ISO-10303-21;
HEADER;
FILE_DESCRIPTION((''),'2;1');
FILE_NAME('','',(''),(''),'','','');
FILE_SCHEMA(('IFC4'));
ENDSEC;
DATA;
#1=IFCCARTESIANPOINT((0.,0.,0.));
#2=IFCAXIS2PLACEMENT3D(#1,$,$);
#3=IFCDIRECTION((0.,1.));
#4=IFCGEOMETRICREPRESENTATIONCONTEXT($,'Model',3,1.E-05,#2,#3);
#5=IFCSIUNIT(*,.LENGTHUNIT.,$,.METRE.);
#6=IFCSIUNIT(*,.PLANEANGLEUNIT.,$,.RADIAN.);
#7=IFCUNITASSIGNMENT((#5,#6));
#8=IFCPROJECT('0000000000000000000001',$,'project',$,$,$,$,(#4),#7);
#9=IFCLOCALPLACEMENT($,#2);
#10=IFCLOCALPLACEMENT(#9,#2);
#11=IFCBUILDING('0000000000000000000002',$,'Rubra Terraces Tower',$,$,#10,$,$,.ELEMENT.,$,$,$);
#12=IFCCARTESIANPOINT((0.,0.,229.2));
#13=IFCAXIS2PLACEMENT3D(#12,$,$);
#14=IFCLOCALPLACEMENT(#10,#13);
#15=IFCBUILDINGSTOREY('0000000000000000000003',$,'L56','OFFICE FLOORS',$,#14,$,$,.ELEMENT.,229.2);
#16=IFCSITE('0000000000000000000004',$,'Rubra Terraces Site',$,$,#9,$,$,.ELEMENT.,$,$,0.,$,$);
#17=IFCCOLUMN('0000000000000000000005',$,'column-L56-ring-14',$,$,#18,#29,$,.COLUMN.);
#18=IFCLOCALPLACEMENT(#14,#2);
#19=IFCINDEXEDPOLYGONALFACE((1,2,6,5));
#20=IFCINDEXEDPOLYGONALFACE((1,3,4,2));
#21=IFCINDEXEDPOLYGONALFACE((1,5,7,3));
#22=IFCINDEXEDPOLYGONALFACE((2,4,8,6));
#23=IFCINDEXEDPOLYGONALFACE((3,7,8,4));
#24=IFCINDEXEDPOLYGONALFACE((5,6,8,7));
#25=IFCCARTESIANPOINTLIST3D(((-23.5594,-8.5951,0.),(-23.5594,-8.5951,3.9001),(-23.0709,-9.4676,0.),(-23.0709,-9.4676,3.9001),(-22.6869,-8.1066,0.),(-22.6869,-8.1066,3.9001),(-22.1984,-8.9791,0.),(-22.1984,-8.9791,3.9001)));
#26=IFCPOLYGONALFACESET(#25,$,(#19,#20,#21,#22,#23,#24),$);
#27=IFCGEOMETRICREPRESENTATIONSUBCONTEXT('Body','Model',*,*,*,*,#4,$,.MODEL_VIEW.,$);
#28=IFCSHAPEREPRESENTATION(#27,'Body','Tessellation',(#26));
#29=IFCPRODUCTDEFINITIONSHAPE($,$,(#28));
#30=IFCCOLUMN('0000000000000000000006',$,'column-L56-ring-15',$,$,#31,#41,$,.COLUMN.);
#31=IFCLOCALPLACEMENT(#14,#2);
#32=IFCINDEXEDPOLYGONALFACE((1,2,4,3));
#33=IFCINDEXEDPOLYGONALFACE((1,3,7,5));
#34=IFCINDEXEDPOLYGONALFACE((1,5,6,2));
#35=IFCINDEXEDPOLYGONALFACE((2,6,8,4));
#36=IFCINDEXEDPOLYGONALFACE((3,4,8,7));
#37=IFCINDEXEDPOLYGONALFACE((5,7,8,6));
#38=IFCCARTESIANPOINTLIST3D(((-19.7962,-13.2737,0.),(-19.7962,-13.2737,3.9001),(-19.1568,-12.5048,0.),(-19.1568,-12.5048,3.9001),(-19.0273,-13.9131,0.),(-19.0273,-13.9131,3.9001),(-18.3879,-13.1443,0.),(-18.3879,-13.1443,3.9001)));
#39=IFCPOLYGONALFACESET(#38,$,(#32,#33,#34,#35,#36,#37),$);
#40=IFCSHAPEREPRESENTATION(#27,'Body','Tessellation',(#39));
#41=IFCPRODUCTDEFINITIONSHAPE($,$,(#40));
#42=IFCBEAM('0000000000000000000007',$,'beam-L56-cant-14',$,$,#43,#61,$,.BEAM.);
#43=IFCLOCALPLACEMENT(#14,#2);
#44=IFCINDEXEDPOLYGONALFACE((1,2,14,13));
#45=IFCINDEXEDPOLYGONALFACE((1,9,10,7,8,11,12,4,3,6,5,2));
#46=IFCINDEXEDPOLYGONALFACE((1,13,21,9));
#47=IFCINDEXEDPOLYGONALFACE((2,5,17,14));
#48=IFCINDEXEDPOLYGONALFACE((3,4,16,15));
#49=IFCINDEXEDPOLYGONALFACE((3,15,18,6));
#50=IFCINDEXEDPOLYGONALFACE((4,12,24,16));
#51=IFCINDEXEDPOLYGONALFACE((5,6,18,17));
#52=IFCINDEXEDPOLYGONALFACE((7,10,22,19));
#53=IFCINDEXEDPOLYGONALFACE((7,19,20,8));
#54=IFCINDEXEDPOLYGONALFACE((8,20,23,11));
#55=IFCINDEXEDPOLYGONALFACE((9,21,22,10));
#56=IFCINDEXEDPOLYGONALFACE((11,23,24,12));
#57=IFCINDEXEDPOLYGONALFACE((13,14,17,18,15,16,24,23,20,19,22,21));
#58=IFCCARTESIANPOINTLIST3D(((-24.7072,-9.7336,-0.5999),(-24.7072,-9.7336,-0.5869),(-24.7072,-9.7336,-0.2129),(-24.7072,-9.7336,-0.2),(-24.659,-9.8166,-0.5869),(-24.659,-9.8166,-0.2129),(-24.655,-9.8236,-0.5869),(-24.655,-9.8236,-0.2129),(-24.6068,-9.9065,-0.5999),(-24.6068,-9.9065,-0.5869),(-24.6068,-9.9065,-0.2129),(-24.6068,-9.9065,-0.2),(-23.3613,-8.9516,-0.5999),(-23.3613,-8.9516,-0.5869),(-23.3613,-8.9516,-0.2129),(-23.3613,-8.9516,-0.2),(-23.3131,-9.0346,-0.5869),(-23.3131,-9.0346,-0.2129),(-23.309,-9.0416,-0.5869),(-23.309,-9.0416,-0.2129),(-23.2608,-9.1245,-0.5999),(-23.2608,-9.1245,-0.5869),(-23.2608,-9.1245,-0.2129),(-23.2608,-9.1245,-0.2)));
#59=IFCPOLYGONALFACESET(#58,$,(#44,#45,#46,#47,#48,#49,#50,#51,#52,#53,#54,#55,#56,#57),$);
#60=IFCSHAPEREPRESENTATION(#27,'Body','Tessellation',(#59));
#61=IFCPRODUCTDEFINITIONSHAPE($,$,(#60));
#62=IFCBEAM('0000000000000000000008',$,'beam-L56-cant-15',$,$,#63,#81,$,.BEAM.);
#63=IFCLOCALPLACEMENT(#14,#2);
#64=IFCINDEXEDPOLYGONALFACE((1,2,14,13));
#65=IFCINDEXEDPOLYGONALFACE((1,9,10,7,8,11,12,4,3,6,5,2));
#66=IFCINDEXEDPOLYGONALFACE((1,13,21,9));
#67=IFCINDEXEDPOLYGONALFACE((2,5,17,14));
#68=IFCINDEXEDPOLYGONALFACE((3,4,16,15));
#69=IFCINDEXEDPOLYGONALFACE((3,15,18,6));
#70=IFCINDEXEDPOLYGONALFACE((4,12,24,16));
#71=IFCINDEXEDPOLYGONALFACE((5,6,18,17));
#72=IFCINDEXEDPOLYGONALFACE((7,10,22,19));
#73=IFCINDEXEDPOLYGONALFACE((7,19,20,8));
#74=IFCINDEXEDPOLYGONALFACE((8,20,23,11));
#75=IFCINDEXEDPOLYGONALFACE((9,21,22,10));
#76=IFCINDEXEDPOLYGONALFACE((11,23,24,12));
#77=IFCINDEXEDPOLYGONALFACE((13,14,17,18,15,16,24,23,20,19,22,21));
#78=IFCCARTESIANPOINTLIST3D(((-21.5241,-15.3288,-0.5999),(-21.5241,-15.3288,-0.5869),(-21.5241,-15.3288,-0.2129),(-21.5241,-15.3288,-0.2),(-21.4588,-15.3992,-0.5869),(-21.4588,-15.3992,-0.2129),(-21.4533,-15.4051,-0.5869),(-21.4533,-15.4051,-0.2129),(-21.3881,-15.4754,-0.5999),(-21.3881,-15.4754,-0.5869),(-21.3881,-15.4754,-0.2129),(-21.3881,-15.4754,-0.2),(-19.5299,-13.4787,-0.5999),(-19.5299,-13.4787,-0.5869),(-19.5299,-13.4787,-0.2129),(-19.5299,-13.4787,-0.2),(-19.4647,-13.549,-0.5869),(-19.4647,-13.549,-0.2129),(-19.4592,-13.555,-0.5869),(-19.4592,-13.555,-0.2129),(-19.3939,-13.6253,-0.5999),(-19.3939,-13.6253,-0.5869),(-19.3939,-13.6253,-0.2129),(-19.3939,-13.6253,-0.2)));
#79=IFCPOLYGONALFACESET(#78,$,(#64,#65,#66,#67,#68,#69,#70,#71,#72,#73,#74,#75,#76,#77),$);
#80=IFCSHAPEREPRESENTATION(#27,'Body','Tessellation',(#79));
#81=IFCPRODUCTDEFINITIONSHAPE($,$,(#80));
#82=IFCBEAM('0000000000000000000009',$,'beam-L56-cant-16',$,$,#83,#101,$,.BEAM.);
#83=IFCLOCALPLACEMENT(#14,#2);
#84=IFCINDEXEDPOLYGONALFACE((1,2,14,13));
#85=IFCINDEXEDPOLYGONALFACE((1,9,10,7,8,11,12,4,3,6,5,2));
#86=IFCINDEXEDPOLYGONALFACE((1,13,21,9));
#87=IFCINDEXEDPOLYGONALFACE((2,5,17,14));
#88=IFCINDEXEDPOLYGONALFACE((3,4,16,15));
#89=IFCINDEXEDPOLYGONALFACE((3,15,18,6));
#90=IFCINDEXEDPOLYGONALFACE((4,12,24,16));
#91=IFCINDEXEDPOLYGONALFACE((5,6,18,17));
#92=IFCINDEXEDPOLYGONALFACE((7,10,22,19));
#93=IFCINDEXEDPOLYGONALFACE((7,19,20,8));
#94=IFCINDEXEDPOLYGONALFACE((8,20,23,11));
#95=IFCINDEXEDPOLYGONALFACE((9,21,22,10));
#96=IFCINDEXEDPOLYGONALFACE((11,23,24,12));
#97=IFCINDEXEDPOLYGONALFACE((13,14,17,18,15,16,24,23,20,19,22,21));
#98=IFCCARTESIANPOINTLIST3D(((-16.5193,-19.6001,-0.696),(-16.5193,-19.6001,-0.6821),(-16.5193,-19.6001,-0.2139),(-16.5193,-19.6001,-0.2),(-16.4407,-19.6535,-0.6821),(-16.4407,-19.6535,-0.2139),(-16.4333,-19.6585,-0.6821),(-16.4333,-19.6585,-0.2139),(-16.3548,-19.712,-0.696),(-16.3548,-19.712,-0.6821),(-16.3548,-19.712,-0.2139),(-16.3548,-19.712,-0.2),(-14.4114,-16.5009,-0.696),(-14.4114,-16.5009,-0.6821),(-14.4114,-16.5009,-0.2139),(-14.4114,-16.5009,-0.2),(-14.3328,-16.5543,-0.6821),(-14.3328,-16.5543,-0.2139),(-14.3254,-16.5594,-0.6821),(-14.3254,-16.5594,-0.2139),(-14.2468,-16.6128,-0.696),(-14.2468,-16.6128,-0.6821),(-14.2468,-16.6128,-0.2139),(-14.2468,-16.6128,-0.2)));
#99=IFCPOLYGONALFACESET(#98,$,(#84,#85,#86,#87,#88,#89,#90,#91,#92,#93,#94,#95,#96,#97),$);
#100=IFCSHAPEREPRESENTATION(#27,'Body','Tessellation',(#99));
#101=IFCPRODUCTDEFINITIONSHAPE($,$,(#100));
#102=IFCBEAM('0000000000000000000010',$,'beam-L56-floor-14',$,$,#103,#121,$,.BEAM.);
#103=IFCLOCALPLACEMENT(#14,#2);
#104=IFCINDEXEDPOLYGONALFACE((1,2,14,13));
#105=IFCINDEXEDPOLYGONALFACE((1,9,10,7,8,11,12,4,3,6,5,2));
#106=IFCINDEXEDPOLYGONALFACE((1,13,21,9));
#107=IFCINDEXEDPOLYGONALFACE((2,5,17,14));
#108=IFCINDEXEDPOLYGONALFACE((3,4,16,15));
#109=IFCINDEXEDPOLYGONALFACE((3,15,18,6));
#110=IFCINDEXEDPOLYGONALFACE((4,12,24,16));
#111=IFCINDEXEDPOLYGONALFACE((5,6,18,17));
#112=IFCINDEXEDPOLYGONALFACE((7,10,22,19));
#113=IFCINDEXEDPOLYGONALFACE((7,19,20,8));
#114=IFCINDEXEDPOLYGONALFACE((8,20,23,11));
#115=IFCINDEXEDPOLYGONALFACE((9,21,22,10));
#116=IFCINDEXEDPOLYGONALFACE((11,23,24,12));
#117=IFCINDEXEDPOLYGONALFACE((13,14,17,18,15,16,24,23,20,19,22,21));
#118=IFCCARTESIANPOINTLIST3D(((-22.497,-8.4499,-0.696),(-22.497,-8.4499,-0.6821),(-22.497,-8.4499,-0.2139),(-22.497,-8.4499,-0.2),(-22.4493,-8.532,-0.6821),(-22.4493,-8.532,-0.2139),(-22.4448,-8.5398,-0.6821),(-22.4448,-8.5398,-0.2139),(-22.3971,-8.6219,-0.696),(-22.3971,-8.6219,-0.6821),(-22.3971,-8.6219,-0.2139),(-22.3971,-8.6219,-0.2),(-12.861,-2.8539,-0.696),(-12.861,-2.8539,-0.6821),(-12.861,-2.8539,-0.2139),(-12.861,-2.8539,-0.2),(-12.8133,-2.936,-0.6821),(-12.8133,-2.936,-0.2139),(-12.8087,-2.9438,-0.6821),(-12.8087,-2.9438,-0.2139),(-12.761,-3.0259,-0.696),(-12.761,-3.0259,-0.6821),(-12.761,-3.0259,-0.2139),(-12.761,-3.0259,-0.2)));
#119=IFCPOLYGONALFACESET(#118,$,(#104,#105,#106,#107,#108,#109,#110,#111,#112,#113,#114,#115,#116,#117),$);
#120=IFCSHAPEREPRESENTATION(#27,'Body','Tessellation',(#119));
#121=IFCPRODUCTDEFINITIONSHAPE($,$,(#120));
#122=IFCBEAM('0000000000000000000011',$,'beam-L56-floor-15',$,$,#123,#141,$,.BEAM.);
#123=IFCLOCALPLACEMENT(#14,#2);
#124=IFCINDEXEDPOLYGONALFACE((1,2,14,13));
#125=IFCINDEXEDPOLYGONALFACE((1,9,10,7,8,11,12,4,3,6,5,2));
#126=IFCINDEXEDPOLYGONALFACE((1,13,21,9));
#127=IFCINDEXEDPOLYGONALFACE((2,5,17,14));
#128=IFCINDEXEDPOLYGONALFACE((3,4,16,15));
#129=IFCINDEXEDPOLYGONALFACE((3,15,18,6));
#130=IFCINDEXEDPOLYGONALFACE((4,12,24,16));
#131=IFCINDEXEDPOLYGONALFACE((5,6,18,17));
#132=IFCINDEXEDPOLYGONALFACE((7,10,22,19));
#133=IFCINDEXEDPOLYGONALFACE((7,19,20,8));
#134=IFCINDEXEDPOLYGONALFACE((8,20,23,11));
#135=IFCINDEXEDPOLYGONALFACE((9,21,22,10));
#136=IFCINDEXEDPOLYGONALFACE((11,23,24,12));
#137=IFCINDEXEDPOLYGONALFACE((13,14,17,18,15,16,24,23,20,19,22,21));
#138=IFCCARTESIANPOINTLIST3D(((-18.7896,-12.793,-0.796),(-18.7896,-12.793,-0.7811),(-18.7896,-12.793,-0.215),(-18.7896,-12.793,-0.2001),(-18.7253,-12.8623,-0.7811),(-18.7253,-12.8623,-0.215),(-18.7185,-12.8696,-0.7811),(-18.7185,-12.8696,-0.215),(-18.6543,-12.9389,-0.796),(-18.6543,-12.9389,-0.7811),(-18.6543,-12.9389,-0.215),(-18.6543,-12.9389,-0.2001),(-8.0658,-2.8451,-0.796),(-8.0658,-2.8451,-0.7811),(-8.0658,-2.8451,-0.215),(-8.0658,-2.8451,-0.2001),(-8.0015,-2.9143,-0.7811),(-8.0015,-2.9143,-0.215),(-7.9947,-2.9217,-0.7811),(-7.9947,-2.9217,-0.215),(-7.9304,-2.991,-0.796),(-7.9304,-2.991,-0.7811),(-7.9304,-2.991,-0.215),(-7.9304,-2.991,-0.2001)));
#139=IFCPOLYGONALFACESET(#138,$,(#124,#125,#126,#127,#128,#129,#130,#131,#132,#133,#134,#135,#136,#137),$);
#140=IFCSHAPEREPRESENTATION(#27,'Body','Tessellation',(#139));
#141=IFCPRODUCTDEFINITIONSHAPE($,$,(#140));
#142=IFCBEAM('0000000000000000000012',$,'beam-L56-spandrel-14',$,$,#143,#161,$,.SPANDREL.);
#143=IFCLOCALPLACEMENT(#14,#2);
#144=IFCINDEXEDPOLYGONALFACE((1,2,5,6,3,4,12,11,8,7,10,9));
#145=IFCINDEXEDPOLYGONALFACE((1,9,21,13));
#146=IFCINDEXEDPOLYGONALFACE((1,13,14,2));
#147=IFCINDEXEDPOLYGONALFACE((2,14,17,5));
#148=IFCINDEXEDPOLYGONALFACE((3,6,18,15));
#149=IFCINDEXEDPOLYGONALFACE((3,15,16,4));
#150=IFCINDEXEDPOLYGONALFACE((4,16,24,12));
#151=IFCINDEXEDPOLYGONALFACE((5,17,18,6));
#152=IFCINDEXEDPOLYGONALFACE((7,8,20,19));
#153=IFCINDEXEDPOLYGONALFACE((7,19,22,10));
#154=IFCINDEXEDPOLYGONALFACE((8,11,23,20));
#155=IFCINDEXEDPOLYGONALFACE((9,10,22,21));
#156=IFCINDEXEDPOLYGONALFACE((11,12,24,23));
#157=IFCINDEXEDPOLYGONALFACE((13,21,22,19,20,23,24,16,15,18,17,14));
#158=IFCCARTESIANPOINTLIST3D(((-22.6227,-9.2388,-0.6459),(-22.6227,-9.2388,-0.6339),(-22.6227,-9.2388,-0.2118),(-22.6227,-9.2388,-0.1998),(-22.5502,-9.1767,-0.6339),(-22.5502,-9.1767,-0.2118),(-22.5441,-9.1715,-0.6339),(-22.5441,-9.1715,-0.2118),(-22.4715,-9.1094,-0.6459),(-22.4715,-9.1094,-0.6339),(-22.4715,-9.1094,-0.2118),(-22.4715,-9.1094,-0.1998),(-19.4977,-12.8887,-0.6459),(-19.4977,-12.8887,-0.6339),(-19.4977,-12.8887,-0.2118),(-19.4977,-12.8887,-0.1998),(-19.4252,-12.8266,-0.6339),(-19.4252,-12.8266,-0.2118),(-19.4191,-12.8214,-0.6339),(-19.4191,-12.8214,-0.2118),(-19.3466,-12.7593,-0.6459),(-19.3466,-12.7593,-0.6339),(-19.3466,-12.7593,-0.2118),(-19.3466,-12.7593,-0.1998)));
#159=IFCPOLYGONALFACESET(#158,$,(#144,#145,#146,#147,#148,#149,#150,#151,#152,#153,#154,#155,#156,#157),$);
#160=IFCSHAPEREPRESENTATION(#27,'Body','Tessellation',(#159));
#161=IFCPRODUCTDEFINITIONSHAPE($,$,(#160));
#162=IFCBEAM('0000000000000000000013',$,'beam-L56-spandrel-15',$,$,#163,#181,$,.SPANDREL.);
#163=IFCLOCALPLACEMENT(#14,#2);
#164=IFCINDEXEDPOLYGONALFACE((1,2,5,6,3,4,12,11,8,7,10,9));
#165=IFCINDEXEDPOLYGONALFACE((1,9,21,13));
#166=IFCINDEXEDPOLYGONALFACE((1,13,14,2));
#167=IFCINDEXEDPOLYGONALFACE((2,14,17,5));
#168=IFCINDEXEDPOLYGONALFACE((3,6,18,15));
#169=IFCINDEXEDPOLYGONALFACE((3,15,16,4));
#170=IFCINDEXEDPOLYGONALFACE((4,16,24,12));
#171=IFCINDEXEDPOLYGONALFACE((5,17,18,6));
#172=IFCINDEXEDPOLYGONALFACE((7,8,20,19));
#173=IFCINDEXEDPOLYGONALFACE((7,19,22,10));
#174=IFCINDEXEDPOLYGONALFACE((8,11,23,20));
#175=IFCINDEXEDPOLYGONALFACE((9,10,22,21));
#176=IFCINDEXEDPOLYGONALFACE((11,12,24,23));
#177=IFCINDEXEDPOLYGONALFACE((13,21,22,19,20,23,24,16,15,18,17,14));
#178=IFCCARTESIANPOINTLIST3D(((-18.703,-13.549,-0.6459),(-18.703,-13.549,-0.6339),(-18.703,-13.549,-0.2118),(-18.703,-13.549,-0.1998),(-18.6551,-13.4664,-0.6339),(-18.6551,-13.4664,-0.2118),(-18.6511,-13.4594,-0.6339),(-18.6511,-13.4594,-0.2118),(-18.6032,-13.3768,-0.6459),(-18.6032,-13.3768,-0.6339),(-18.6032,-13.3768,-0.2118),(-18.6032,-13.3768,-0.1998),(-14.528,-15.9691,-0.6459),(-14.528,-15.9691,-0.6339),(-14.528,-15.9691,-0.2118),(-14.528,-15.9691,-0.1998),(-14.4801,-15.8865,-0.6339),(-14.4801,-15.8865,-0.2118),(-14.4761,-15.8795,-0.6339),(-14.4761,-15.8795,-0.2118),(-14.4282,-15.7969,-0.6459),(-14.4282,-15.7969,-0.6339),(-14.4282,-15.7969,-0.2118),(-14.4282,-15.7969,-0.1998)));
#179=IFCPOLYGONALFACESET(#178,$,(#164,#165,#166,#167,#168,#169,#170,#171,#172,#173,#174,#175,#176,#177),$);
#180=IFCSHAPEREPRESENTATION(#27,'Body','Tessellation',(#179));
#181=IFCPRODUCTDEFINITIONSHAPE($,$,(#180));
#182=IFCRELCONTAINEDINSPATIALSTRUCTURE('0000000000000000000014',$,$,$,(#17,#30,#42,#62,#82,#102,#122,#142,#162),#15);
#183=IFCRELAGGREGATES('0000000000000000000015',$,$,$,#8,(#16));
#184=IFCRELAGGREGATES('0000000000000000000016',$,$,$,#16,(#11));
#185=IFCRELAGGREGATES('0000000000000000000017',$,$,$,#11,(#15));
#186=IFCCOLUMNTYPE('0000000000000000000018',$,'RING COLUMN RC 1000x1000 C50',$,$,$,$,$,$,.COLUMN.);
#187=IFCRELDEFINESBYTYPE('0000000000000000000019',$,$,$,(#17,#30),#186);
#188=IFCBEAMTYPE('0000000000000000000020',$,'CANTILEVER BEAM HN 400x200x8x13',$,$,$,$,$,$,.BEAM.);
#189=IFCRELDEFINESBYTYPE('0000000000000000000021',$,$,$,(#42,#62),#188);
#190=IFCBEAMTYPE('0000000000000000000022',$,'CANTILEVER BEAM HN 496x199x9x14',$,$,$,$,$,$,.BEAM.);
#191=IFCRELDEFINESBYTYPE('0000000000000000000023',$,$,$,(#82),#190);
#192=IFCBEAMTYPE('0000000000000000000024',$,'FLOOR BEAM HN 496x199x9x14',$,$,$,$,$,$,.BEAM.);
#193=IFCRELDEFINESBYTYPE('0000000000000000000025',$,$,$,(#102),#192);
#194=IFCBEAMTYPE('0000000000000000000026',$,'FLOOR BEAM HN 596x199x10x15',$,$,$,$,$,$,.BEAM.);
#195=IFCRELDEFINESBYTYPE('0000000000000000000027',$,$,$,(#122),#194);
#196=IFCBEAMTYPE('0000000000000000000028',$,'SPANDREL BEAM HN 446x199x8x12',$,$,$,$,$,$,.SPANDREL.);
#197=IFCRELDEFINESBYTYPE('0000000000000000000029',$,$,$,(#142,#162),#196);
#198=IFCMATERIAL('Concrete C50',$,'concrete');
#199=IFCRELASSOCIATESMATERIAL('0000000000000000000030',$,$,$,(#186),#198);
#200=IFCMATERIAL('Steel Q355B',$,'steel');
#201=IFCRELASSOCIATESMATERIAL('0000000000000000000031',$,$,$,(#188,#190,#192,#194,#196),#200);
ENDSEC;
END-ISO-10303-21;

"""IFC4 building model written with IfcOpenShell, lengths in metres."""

from ifc_helpers import new_model, si_unit, direction, frame, origin, origin_2d, place, context, subcontext, project, spatial, rectangle, i_section, extrude, material, material_profile, profile_set, type_object, element, save


model = new_model("IFC4")

# Units and contexts
model_context = context("Model", 3, precision=1e-05, world=origin(), true_north=direction((0.0, 1.0)))
body_context = subcontext(model_context, "Body", "Model", "MODEL_VIEW")
ifc_project = project(units=[si_unit("LENGTHUNIT", "METRE"), si_unit("PLANEANGLEUNIT", "RADIAN")], contexts=[model_context])

# Site, building, storey
site_placement = place(None, origin())
site = spatial("IfcSite", under=ifc_project, at=site_placement, Name="Rubra Terraces Site", CompositionType="ELEMENT", RefElevation=0.0)
building_placement = place(site_placement, origin())
building = spatial("IfcBuilding", under=site, at=building_placement, Name="Rubra Terraces Tower", CompositionType="ELEMENT")
storey_placement = place(building_placement, frame((0.0, 0.0, 229.2)))
storey = spatial("IfcBuildingStorey", under=building, at=storey_placement, Name="L56", Description="OFFICE FLOORS", CompositionType="ELEMENT", Elevation=229.2)

# Columns
ifc_material_1 = material(Name="Concrete C50", Category="concrete")
ifc_material_profile_1 = material_profile(ifc_material_1, rectangle(XDim=1.0, YDim=1.0, at=origin_2d()), Name="RC 1000x1000")
ifc_profile_set_1 = profile_set([ifc_material_profile_1], Name="Concrete C50")
column_type = type_object("IfcColumnType", Name="RING COLUMN RC 1000x1000 C50", PredefinedType="COLUMN", material=ifc_profile_set_1)
for number, where, z_axis, x_axis, name in (
    (1, (-22.8789, -8.7871, 0.0), (0.0, 0.0, 1.0), (0.488526, -0.872549, 0.0), "column-L56-ring-14"),
    (2, (-19.092, -13.209, 0.0), (0.0, 0.0, 1.0), (0.76887, -0.639405, 0.0), "column-L56-ring-15"),
):
    element("IfcColumn", number, at=place(storey_placement, frame(where, z_axis=z_axis, x_axis=x_axis)), inside=storey, type_object=column_type, Name=name, PredefinedType="COLUMN", context=body_context, shape_type="SweptSolid", body=[
        extrude(rectangle(XDim=1.0, YDim=1.0, at=origin_2d()), origin(), (0.0, 0.0, 1.0), 3.9001),
    ])

# Beams
ifc_material_2 = material(Name="Steel Q355B", Category="steel")
ifc_material_profile_2 = material_profile(ifc_material_2, i_section(OverallWidth=0.2, OverallDepth=0.3999, WebThickness=0.0081, FlangeThickness=0.0129, at=origin_2d()), Name="HN 400x200x8x13")
ifc_profile_set_2 = profile_set([ifc_material_profile_2], Name="Steel Q355B")
beam_type_1 = type_object("IfcBeamType", Name="CANTILEVER BEAM HN 400x200x8x13", PredefinedType="BEAM", material=ifc_profile_set_2)
beam_1_placement = place(storey_placement, frame((-23.311, -9.0381, -0.3999), z_axis=(-0.864659, -0.502359, 0.0), x_axis=(0.502359, -0.864659, 0.0)))
element("IfcBeam", 3, at=beam_1_placement, inside=storey, type_object=beam_type_1, Name="beam-L56-cant-14", PredefinedType="BEAM", context=body_context, shape_type="SweptSolid", body=[
    extrude(i_section(OverallWidth=0.2, OverallDepth=0.3999, WebThickness=0.0081, FlangeThickness=0.0129, at=origin_2d()), origin(), (0.0, 0.0, 1.0), 1.5566),
])
beam_2_placement = place(storey_placement, frame((-19.4619, -13.552, -0.3999), z_axis=(-0.733088, -0.680134, 0.0), x_axis=(0.680134, -0.733088, 0.0)))
element("IfcBeam", 4, at=beam_2_placement, inside=storey, type_object=beam_type_1, Name="beam-L56-cant-15", PredefinedType="BEAM", context=body_context, shape_type="SweptSolid", body=[
    extrude(i_section(OverallWidth=0.2, OverallDepth=0.3999, WebThickness=0.0081, FlangeThickness=0.0129, at=origin_2d()), origin(), (0.0, 0.0, 1.0), 2.7202),
])
ifc_material_profile_3 = material_profile(ifc_material_2, i_section(OverallWidth=0.199, OverallDepth=0.4961, WebThickness=0.009, FlangeThickness=0.0139, at=origin_2d()), Name="HN 496x199x9x14")
ifc_profile_set_3 = profile_set([ifc_material_profile_3], Name="Steel Q355B")
beam_type_2 = type_object("IfcBeamType", Name="CANTILEVER BEAM HN 496x199x9x14", PredefinedType="BEAM", material=ifc_profile_set_3)
beam_3_placement = place(storey_placement, frame((-14.3291, -16.5569, -0.448), z_axis=(-0.562403, -0.826863, 0.0), x_axis=(0.826863, -0.562403, 0.0)))
element("IfcBeam", 5, at=beam_3_placement, inside=storey, type_object=beam_type_2, Name="beam-L56-cant-16", PredefinedType="BEAM", context=body_context, shape_type="SweptSolid", body=[
    extrude(i_section(OverallWidth=0.199, OverallDepth=0.4961, WebThickness=0.009, FlangeThickness=0.0139, at=origin_2d()), origin(), (0.0, 0.0, 1.0), 3.748),
])
ifc_material_profile_4 = material_profile(ifc_material_2, i_section(OverallWidth=0.199, OverallDepth=0.4961, WebThickness=0.009, FlangeThickness=0.0139, at=origin_2d()), Name="HN 496x199x9x14")
ifc_profile_set_4 = profile_set([ifc_material_profile_4], Name="Steel Q355B")
beam_type_3 = type_object("IfcBeamType", Name="FLOOR BEAM HN 496x199x9x14", PredefinedType="BEAM", material=ifc_profile_set_4)
beam_4_placement = place(storey_placement, frame((-22.447, -8.5359, -0.448), z_axis=(0.864755, 0.502193, 0.0), x_axis=(-0.502193, 0.864755, 0.0)))
element("IfcBeam", 6, at=beam_4_placement, inside=storey, type_object=beam_type_3, Name="beam-L56-floor-14", PredefinedType="BEAM", context=body_context, shape_type="SweptSolid", body=[
    extrude(i_section(OverallWidth=0.199, OverallDepth=0.4961, WebThickness=0.009, FlangeThickness=0.0139, at=origin_2d()), origin(), (0.0, 0.0, 1.0), 11.1431),
])
ifc_material_profile_5 = material_profile(ifc_material_2, i_section(OverallWidth=0.199, OverallDepth=0.5959, WebThickness=0.01, FlangeThickness=0.0149, at=origin_2d()), Name="HN 596x199x10x15")
ifc_profile_set_5 = profile_set([ifc_material_profile_5], Name="Steel Q355B")
beam_type_4 = type_object("IfcBeamType", Name="FLOOR BEAM HN 596x199x10x15", PredefinedType="BEAM", material=ifc_profile_set_5)
beam_5_placement = place(storey_placement, frame((-18.7219, -12.866, -0.498), z_axis=(0.73313, 0.680088, 0.0), x_axis=(-0.680088, 0.73313, 0.0)))
element("IfcBeam", 7, at=beam_5_placement, inside=storey, type_object=beam_type_4, Name="beam-L56-floor-15", PredefinedType="BEAM", context=body_context, shape_type="SweptSolid", body=[
    extrude(i_section(OverallWidth=0.199, OverallDepth=0.5959, WebThickness=0.01, FlangeThickness=0.0149, at=origin_2d()), origin(), (0.0, 0.0, 1.0), 14.6274),
])
ifc_material_profile_6 = material_profile(ifc_material_2, i_section(OverallWidth=0.199, OverallDepth=0.446, WebThickness=0.0081, FlangeThickness=0.012, at=origin_2d()), Name="HN 446x199x8x12")
ifc_profile_set_6 = profile_set([ifc_material_profile_6], Name="Steel Q355B")
beam_type_5 = type_object("IfcBeamType", Name="SPANDREL BEAM HN 446x199x8x12", PredefinedType="SPANDREL", material=ifc_profile_set_6)
beam_6_placement = place(storey_placement, frame((-22.5471, -9.1741, -0.4229), z_axis=(0.650373, -0.759615, 0.0), x_axis=(0.759615, 0.650373, 0.0)))
element("IfcBeam", 8, at=beam_6_placement, inside=storey, type_object=beam_type_5, Name="beam-L56-spandrel-14", PredefinedType="SPANDREL", context=body_context, shape_type="SweptSolid", body=[
    extrude(i_section(OverallWidth=0.199, OverallDepth=0.446, WebThickness=0.0081, FlangeThickness=0.012, at=origin_2d()), origin(), (0.0, 0.0, 1.0), 4.8049),
])
beam_7_placement = place(storey_placement, frame((-18.6531, -13.4629, -0.4229), z_axis=(0.865154, -0.501507, 0.0), x_axis=(0.501507, 0.865154, 0.0)))
element("IfcBeam", 9, at=beam_7_placement, inside=storey, type_object=beam_type_5, Name="beam-L56-spandrel-15", PredefinedType="SPANDREL", context=body_context, shape_type="SweptSolid", body=[
    extrude(i_section(OverallWidth=0.199, OverallDepth=0.446, WebThickness=0.0081, FlangeThickness=0.012, at=origin_2d()), origin(), (0.0, 0.0, 1.0), 4.8257),
])

save(model, "model.ifc")
